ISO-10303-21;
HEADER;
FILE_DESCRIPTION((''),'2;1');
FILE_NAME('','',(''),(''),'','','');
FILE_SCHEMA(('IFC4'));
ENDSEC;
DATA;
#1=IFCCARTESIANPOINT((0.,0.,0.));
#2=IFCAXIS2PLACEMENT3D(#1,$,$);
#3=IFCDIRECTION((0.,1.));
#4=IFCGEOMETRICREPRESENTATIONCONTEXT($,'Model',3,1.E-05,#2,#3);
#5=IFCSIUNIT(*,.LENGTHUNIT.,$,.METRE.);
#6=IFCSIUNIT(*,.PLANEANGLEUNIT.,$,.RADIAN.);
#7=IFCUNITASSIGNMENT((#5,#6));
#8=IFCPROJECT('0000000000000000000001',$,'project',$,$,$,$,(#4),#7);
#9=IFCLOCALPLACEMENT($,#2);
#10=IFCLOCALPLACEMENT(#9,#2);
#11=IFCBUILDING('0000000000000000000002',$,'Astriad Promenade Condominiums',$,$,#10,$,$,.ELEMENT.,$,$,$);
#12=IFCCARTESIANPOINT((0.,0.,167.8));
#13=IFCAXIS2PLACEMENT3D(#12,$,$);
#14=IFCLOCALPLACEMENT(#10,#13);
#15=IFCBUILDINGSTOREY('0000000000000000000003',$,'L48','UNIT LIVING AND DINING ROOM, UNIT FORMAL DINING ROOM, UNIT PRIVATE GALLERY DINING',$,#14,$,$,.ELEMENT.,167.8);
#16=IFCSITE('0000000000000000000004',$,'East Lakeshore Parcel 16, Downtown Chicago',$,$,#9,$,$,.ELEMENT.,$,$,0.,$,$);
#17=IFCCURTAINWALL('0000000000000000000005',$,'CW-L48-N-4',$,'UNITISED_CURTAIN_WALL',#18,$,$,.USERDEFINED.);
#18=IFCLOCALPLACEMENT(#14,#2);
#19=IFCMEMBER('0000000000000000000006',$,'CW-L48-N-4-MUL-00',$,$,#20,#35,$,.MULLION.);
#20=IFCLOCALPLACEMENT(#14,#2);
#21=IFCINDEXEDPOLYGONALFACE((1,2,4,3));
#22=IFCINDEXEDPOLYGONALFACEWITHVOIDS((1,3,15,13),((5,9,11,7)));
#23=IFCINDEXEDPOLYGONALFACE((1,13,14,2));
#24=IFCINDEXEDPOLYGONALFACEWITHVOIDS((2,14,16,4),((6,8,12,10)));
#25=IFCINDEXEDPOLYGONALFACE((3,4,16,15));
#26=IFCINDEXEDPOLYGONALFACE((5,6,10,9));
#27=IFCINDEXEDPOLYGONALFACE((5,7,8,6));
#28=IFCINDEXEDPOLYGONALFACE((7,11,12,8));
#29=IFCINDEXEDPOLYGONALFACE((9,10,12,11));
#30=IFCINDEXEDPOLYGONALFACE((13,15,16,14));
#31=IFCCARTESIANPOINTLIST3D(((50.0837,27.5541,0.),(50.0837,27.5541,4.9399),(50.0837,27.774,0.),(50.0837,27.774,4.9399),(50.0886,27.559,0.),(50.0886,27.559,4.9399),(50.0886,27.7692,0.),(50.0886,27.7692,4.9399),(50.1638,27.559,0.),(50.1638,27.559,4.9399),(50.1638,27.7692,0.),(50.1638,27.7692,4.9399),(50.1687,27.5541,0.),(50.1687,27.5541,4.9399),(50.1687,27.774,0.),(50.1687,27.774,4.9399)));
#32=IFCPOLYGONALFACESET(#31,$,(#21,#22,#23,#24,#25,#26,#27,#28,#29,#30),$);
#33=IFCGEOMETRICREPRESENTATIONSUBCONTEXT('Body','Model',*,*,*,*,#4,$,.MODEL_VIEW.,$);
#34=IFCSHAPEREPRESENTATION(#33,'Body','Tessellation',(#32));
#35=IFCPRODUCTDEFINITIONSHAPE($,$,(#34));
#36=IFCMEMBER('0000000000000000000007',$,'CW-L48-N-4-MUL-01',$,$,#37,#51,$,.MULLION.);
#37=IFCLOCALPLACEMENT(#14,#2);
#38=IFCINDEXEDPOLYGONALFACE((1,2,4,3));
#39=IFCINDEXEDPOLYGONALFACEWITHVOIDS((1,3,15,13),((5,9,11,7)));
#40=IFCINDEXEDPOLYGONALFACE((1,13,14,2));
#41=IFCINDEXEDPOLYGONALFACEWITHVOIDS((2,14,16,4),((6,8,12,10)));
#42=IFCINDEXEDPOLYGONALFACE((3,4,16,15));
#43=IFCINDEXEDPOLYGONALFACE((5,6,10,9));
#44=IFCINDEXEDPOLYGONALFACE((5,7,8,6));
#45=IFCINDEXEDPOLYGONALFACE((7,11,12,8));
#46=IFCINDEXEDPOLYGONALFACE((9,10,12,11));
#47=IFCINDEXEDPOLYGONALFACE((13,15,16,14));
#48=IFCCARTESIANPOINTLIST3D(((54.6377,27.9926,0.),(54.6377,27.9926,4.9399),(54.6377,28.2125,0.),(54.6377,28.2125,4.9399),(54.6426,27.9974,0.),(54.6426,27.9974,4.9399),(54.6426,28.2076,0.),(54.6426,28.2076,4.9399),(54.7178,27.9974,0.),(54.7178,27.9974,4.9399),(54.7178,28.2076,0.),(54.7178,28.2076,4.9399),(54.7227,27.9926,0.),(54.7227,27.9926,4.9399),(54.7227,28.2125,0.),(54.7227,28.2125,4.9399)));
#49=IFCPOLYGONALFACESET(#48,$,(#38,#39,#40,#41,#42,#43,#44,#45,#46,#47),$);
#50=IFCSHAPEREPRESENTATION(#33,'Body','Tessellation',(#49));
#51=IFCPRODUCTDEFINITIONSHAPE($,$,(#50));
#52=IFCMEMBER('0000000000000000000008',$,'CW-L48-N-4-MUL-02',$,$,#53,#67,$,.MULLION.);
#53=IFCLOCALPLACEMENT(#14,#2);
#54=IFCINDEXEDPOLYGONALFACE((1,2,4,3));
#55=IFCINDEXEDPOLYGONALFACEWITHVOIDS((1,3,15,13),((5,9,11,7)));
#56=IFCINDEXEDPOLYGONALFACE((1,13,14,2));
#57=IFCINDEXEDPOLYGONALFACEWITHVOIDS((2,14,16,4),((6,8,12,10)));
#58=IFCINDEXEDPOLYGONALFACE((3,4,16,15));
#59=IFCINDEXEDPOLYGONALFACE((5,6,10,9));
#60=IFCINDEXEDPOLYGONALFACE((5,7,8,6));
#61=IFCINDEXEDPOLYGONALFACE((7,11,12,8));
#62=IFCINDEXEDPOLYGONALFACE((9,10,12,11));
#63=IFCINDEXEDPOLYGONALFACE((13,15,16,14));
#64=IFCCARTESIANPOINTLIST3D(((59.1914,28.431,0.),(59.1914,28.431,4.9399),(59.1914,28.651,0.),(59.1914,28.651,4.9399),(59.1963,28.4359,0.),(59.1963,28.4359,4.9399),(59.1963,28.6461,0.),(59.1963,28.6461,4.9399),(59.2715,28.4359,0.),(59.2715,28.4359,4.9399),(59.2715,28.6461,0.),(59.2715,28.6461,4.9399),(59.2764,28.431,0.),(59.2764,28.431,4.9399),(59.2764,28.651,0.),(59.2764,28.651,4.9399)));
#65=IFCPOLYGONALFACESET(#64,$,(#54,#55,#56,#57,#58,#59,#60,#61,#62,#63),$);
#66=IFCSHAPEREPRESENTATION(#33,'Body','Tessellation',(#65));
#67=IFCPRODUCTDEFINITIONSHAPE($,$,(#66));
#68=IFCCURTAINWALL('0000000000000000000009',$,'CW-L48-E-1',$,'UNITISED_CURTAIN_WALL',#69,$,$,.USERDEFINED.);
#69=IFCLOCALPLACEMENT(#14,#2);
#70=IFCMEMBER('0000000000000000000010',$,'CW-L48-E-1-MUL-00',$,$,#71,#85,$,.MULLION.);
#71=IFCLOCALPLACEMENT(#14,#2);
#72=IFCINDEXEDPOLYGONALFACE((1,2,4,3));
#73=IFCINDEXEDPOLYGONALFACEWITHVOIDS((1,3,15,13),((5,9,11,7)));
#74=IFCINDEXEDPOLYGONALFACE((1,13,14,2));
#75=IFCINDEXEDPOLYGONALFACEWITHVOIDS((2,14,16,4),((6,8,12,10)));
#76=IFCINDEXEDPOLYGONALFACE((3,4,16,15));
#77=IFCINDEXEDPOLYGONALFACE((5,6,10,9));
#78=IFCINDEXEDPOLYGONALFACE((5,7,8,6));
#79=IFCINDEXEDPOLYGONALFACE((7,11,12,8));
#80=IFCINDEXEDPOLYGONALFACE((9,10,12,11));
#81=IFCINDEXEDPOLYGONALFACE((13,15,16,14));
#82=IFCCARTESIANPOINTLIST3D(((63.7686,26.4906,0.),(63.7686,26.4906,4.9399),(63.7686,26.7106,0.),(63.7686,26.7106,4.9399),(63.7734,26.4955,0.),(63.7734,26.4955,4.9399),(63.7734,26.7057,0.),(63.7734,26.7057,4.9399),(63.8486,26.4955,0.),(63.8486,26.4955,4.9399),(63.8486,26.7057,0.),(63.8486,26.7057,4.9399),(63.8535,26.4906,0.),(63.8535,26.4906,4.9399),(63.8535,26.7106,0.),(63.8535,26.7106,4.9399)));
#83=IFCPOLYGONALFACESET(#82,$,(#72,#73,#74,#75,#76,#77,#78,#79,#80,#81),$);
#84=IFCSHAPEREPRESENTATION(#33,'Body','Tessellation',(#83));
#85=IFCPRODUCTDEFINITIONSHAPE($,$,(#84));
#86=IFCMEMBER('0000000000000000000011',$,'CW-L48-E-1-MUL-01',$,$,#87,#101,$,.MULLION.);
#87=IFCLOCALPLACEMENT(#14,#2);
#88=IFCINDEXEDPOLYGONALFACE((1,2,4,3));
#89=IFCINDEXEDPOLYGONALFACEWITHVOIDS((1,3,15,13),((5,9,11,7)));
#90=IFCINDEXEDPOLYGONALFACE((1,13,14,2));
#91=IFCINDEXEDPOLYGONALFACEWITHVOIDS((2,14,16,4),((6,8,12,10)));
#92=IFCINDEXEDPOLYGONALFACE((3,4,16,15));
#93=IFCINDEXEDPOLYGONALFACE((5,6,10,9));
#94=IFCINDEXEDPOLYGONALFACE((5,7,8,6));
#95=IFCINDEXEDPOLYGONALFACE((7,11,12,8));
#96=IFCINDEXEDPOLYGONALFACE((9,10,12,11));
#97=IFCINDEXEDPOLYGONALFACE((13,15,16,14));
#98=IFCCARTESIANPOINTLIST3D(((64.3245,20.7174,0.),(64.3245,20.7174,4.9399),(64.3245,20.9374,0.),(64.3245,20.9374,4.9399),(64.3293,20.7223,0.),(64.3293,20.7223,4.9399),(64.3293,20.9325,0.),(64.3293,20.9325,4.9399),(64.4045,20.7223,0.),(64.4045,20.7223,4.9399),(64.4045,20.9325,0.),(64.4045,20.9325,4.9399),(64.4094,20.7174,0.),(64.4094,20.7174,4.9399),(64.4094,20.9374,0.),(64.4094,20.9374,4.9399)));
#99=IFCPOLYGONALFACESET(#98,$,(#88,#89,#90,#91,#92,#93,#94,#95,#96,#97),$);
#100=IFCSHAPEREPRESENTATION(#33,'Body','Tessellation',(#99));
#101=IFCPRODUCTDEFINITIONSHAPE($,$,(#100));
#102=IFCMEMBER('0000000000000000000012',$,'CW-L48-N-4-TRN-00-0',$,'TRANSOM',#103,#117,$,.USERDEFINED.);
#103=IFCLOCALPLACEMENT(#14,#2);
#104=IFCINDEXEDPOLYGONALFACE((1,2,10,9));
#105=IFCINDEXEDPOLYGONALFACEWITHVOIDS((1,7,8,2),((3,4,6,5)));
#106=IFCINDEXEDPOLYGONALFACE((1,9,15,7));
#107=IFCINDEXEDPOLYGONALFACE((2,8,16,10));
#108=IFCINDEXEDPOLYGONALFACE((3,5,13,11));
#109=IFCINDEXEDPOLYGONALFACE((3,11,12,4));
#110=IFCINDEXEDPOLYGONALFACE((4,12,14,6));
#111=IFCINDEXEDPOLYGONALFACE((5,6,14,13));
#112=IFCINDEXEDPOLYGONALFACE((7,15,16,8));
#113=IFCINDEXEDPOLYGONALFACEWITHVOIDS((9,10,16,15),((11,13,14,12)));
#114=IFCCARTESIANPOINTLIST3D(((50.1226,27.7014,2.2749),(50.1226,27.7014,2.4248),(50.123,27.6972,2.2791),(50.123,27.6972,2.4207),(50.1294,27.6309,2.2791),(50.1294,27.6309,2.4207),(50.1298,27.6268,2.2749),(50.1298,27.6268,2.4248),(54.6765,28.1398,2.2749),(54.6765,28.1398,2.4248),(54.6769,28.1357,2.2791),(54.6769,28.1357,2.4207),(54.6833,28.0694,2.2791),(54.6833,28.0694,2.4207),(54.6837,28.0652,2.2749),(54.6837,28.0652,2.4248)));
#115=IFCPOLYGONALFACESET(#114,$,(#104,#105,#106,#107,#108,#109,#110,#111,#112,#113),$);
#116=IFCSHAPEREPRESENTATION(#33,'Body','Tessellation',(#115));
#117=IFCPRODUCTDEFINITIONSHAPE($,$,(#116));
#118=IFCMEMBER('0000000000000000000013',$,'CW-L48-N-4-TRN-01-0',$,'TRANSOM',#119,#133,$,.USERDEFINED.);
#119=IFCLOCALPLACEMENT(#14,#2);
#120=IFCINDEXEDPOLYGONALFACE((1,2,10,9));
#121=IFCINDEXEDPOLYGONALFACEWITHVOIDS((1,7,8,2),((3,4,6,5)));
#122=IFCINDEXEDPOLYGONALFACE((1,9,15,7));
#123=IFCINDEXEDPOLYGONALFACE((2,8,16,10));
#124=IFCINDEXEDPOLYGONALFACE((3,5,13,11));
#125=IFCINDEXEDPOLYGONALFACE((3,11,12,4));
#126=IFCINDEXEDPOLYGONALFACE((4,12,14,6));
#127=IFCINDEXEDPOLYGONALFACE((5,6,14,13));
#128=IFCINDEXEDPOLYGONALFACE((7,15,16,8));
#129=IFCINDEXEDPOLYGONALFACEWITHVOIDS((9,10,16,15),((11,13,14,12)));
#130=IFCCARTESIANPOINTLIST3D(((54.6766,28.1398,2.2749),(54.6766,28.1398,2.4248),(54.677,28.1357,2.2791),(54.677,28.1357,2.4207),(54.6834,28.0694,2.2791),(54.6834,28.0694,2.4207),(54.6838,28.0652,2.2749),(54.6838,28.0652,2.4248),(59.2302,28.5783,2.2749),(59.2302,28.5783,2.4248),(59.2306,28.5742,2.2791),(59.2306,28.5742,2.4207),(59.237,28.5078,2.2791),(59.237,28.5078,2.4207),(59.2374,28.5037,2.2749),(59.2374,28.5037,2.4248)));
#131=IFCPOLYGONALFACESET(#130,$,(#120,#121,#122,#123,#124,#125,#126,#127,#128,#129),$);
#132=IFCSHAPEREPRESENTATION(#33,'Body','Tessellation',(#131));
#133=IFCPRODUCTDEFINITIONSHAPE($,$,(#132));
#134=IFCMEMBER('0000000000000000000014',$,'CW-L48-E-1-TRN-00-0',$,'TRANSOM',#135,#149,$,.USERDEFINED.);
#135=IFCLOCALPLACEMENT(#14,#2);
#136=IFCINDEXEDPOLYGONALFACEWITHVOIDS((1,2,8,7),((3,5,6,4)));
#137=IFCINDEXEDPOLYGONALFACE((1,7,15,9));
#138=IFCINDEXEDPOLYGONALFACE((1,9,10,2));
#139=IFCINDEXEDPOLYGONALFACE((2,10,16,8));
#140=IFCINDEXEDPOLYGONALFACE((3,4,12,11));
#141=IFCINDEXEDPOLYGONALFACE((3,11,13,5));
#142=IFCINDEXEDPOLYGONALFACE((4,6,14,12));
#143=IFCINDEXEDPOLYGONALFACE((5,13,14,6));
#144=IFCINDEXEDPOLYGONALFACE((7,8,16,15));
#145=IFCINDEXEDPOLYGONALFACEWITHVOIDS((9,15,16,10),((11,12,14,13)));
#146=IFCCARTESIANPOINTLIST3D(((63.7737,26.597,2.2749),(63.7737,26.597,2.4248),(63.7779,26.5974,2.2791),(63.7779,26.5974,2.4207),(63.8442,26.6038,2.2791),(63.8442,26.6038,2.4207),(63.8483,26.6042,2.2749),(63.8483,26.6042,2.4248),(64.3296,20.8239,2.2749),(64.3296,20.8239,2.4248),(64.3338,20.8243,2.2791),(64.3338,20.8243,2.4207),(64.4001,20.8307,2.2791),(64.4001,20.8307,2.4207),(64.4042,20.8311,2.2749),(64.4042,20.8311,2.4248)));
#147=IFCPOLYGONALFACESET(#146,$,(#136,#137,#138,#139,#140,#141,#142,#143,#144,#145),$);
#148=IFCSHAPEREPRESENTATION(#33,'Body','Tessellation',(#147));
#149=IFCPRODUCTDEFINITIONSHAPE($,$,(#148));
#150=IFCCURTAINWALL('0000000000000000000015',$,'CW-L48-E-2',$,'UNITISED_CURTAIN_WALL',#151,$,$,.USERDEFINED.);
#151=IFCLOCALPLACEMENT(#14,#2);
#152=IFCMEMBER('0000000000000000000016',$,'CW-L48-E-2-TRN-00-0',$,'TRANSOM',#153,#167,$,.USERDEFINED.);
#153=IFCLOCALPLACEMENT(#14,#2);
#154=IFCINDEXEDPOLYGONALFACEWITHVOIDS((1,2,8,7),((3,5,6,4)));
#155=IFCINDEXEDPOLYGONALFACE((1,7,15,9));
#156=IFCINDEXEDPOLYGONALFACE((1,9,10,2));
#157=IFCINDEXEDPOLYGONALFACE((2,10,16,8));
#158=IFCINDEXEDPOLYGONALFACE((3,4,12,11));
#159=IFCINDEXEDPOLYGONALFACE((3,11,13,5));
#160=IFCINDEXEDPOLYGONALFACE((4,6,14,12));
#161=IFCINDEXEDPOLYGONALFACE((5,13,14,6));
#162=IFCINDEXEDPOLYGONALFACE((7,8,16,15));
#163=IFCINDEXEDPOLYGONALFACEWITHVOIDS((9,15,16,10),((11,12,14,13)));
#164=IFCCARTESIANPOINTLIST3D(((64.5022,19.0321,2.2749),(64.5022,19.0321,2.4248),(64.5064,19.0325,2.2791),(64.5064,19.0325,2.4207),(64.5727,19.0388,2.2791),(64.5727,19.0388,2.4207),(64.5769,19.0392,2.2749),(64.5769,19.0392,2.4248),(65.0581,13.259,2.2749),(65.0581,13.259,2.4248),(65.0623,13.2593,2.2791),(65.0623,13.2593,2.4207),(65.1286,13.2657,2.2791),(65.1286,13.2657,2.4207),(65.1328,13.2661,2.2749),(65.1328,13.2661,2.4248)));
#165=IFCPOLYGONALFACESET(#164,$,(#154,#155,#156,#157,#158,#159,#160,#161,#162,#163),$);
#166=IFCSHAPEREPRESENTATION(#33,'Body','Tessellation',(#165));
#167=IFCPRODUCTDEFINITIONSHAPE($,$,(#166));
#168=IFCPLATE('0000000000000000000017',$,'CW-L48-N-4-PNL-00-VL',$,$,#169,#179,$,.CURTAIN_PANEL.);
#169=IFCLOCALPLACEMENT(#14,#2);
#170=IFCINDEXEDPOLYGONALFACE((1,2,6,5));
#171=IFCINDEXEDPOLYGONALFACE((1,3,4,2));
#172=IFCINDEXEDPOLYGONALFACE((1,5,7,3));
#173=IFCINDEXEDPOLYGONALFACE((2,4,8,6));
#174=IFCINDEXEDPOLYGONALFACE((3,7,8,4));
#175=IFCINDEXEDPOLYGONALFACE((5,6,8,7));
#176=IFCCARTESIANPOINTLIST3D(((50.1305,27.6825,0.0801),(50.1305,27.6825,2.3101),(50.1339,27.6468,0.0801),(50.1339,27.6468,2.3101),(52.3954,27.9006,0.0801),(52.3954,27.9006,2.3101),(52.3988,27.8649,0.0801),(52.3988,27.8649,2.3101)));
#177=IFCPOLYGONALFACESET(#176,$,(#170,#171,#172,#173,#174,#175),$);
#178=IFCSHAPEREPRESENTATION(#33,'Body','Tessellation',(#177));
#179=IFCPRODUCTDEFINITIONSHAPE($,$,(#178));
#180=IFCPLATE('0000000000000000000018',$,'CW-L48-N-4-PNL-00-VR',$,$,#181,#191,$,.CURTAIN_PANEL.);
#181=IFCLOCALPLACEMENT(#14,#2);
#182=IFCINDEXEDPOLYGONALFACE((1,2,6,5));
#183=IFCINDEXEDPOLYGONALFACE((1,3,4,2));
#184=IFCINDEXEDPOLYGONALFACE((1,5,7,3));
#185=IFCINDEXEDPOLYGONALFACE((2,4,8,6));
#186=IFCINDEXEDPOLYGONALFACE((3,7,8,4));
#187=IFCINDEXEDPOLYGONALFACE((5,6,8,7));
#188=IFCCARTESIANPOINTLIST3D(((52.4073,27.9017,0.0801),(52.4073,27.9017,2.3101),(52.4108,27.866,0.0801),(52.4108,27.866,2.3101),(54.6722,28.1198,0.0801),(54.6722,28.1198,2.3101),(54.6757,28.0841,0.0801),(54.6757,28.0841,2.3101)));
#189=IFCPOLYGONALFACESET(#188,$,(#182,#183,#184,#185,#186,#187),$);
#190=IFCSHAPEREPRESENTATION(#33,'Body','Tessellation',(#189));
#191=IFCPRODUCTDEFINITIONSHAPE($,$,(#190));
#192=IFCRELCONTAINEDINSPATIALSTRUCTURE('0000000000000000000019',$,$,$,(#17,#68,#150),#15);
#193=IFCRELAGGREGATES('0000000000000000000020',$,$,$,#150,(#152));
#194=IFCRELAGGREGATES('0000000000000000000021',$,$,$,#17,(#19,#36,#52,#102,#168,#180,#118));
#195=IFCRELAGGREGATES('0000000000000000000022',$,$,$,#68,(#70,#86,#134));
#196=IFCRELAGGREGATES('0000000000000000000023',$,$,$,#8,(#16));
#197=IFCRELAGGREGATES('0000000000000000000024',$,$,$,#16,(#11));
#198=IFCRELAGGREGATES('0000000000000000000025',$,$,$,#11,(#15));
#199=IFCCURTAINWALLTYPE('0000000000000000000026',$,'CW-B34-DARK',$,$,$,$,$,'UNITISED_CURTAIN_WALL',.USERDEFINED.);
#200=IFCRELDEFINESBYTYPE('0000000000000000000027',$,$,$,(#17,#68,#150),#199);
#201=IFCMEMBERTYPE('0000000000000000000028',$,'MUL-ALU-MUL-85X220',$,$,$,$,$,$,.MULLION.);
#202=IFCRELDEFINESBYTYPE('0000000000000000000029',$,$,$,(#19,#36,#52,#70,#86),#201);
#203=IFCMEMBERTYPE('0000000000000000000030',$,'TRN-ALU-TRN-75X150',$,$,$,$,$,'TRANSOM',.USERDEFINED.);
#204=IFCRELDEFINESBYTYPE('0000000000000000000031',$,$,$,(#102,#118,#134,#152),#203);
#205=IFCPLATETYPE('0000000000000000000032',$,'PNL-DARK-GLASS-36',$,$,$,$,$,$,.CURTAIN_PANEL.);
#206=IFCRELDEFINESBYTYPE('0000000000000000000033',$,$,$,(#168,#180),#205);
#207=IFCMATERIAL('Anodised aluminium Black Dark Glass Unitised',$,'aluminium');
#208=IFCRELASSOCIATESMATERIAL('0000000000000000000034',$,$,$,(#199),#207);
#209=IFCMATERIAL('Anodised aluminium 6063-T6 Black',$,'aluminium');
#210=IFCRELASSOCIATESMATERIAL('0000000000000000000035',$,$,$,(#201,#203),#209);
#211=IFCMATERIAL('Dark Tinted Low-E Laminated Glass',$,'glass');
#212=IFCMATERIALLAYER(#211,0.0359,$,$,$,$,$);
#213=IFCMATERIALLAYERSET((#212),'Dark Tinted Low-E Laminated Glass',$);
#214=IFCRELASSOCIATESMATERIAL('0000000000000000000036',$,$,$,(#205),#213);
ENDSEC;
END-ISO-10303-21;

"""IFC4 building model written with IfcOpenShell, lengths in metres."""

from ifc_helpers import new_model, si_unit, direction, frame, origin, origin_2d, place, context, subcontext, project, spatial, rectangle, hollow_rectangle, extrude, source, transform, mapped, material, layer, layer_set, material_profile, profile_set, type_object, type_shapes, element, aggregate, save


model = new_model("IFC4")

# Units and contexts
model_context = context("Model", 3, precision=1e-05, world=origin(), true_north=direction((0.0, 1.0)))
body_context = subcontext(model_context, "Body", "Model", "MODEL_VIEW")
ifc_project = project(units=[si_unit("LENGTHUNIT", "METRE"), si_unit("PLANEANGLEUNIT", "RADIAN")], contexts=[model_context])

# Site, building, storey
site_placement = place(None, origin())
site = spatial("IfcSite", under=ifc_project, at=site_placement, Name="East Lakeshore Parcel 16, Downtown Chicago", CompositionType="ELEMENT", RefElevation=0.0)
building_placement = place(site_placement, origin())
building = spatial("IfcBuilding", under=site, at=building_placement, Name="Astriad Promenade Condominiums", CompositionType="ELEMENT")
storey_placement = place(building_placement, frame((0.0, 0.0, 167.8)))
storey = spatial("IfcBuildingStorey", under=building, at=storey_placement, Name="L48", Description="UNIT LIVING AND DINING ROOM, UNIT FORMAL DINING ROOM, UNIT PRIVATE GALLERY DINING", CompositionType="ELEMENT", Elevation=167.8)

# Curtain walls, members
ifc_material_1 = material(Name="Anodised aluminium Black Dark Glass Unitised", Category="aluminium")
curtain_wall_type = type_object("IfcCurtainWallType", Name="CW-B34-DARK", ElementType="UNITISED_CURTAIN_WALL", PredefinedType="USERDEFINED", material=ifc_material_1)
curtain_wall_1_placement = place(storey_placement, origin())
curtain_wall_1 = element("IfcCurtainWall", 1, at=curtain_wall_1_placement, inside=storey, type_object=curtain_wall_type, Name="CW-L48-N-4", ObjectType="UNITISED_CURTAIN_WALL", PredefinedType="USERDEFINED")
ifc_material_2 = material(Name="Anodised aluminium 6063-T6 Black", Category="aluminium")
ifc_material_profile_1 = material_profile(ifc_material_2, hollow_rectangle(XDim=0.085, YDim=0.22, WallThickness=0.0049, at=origin_2d()), Name="ALU-MUL-85X220")
ifc_profile_set_1 = profile_set([ifc_material_profile_1], Name="Anodised aluminium 6063-T6 Black")
member_type_1 = type_object("IfcMemberType", Name="MUL-ALU-MUL-85X220", PredefinedType="MULLION", material=ifc_profile_set_1)
shared_shape_1 = source(origin(), body_context, "Body", "SweptSolid", [
    extrude(hollow_rectangle(XDim=0.085, YDim=0.22, WallThickness=0.0049, at=origin_2d()), origin(), (0.0, 0.0, 1.0), 4.9399),
])
type_shapes(member_type_1, [shared_shape_1])
member_1_placement = place(storey_placement, frame((50.1262, 27.6641, 0.0), z_axis=(0.0, 0.0, 1.0), x_axis=(1.0, 0.0, 0.0)))
member_1 = element("IfcMember", 2, at=member_1_placement, type_object=member_type_1, Name="CW-L48-N-4-MUL-00", PredefinedType="MULLION", context=body_context, shape_type="MappedRepresentation", body=[
    mapped(shared_shape_1, transform((0.0, 0.0, 0.0), scale=1.0)),
])
member_2_placement = place(storey_placement, frame((54.6802, 28.1025, 0.0), z_axis=(0.0, 0.0, 1.0), x_axis=(1.0, 0.0, 0.0)))
member_2 = element("IfcMember", 3, at=member_2_placement, type_object=member_type_1, Name="CW-L48-N-4-MUL-01", PredefinedType="MULLION", context=body_context, shape_type="MappedRepresentation", body=[
    mapped(shared_shape_1, transform((0.0, 0.0, 0.0), scale=1.0)),
])
member_3_placement = place(storey_placement, frame((59.2339, 28.541, 0.0), z_axis=(0.0, 0.0, 1.0), x_axis=(1.0, 0.0, 0.0)))
member_3 = element("IfcMember", 4, at=member_3_placement, type_object=member_type_1, Name="CW-L48-N-4-MUL-02", PredefinedType="MULLION", context=body_context, shape_type="MappedRepresentation", body=[
    mapped(shared_shape_1, transform((0.0, 0.0, 0.0), scale=1.0)),
])
curtain_wall_2_placement = place(storey_placement, origin())
curtain_wall_2 = element("IfcCurtainWall", 5, at=curtain_wall_2_placement, inside=storey, type_object=curtain_wall_type, Name="CW-L48-E-1", ObjectType="UNITISED_CURTAIN_WALL", PredefinedType="USERDEFINED")
member_4_placement = place(storey_placement, frame((63.811, 26.6006, 0.0), z_axis=(0.0, 0.0, 1.0), x_axis=(1.0, 0.0, 0.0)))
member_4 = element("IfcMember", 6, at=member_4_placement, type_object=member_type_1, Name="CW-L48-E-1-MUL-00", PredefinedType="MULLION", context=body_context, shape_type="MappedRepresentation", body=[
    mapped(shared_shape_1, transform((0.0, 0.0, 0.0), scale=1.0)),
])
member_5_placement = place(storey_placement, frame((64.3669, 20.8274, 0.0), z_axis=(0.0, 0.0, 1.0), x_axis=(1.0, 0.0, 0.0)))
member_5 = element("IfcMember", 7, at=member_5_placement, type_object=member_type_1, Name="CW-L48-E-1-MUL-01", PredefinedType="MULLION", context=body_context, shape_type="MappedRepresentation", body=[
    mapped(shared_shape_1, transform((0.0, 0.0, 0.0), scale=1.0)),
])

# Members
ifc_material_profile_2 = material_profile(ifc_material_2, hollow_rectangle(XDim=0.075, YDim=0.1499, WallThickness=0.0042, at=origin_2d()), Name="ALU-TRN-75X150")
ifc_profile_set_2 = profile_set([ifc_material_profile_2], Name="Anodised aluminium 6063-T6 Black")
member_type_2 = type_object("IfcMemberType", Name="TRN-ALU-TRN-75X150", ElementType="TRANSOM", PredefinedType="USERDEFINED", material=ifc_profile_set_2)
shared_shape_2 = source(origin(), body_context, "Body", "SweptSolid", [
    extrude(hollow_rectangle(XDim=0.075, YDim=0.1499, WallThickness=0.0042, at=origin_2d()), origin(), (0.0, 0.0, 1.0), 4.575),
])
member_6_placement = place(storey_placement, frame((50.1262, 27.6641, 2.3499), z_axis=(0.995397, 0.095842, 0.0), x_axis=(-0.095842, 0.995397, 0.0)))
member_6 = element("IfcMember", 8, at=member_6_placement, type_object=member_type_2, Name="CW-L48-N-4-TRN-00-0", ObjectType="TRANSOM", PredefinedType="USERDEFINED", context=body_context, shape_type="MappedRepresentation", body=[
    mapped(shared_shape_2, transform((0.0, 0.0, 0.0), scale=1.0)),
])
shared_shape_3 = source(origin(), body_context, "Body", "SweptSolid", [
    extrude(hollow_rectangle(XDim=0.075, YDim=0.1499, WallThickness=0.0042, at=origin_2d()), origin(), (0.0, 0.0, 1.0), 4.5747),
])
member_7_placement = place(storey_placement, frame((54.6802, 28.1025, 2.3499), z_axis=(0.995396, 0.095847, 0.0), x_axis=(-0.095847, 0.995396, 0.0)))
member_7 = element("IfcMember", 9, at=member_7_placement, type_object=member_type_2, Name="CW-L48-N-4-TRN-01-0", ObjectType="TRANSOM", PredefinedType="USERDEFINED", context=body_context, shape_type="MappedRepresentation", body=[
    mapped(shared_shape_3, transform((0.0, 0.0, 0.0), scale=1.0)),
])
shared_shape_4 = source(origin(), body_context, "Body", "SweptSolid", [
    extrude(hollow_rectangle(XDim=0.075, YDim=0.1499, WallThickness=0.0042, at=origin_2d()), origin(), (0.0, 0.0, 1.0), 5.7998),
])
type_shapes(member_type_2, [shared_shape_2, shared_shape_3, shared_shape_4])
member_8_placement = place(storey_placement, frame((63.811, 26.6006, 2.3499), z_axis=(0.095848, -0.995396, 0.0), x_axis=(0.995396, 0.095848, 0.0)))
member_8 = element("IfcMember", 10, at=member_8_placement, type_object=member_type_2, Name="CW-L48-E-1-TRN-00-0", ObjectType="TRANSOM", PredefinedType="USERDEFINED", context=body_context, shape_type="MappedRepresentation", body=[
    mapped(shared_shape_4, transform((0.0, 0.0, 0.0), scale=1.0)),
])

# Curtain wall, member
curtain_wall_3_placement = place(storey_placement, origin())
curtain_wall_3 = element("IfcCurtainWall", 11, at=curtain_wall_3_placement, inside=storey, type_object=curtain_wall_type, Name="CW-L48-E-2", ObjectType="UNITISED_CURTAIN_WALL", PredefinedType="USERDEFINED")
member_9_placement = place(storey_placement, frame((64.5396, 19.0356, 2.3499), z_axis=(0.095848, -0.995396, 0.0), x_axis=(0.995396, 0.095848, 0.0)))
member_9 = element("IfcMember", 12, at=member_9_placement, type_object=member_type_2, Name="CW-L48-E-2-TRN-00-0", ObjectType="TRANSOM", PredefinedType="USERDEFINED", context=body_context, shape_type="MappedRepresentation", body=[
    mapped(shared_shape_4, transform((0.0, 0.0, 0.0), scale=1.0)),
])
aggregate(curtain_wall_3, [member_9])

# Plates
ifc_material_3 = material(Name="Dark Tinted Low-E Laminated Glass", Category="glass")
ifc_layer_1 = layer(ifc_material_3, 0.0359)
ifc_layer_set_1 = layer_set([ifc_layer_1], Name="Dark Tinted Low-E Laminated Glass")
plate_type = type_object("IfcPlateType", Name="PNL-DARK-GLASS-36", PredefinedType="CURTAIN_PANEL", material=ifc_layer_set_1)
shared_shape_5 = source(origin(), body_context, "Body", "SweptSolid", [
    extrude(rectangle(XDim=2.2754, YDim=0.0359, at=origin_2d()), origin(), (0.0, 0.0, 1.0), 2.23),
])
plate_1_placement = place(storey_placement, frame((51.2646, 27.7737, 0.0801), z_axis=(0.0, 0.0, 1.0), x_axis=(0.995396, 0.095846, 0.0)))
plate_1 = element("IfcPlate", 13, at=plate_1_placement, type_object=plate_type, Name="CW-L48-N-4-PNL-00-VL", PredefinedType="CURTAIN_PANEL", context=body_context, shape_type="MappedRepresentation", body=[
    mapped(shared_shape_5, transform((0.0, 0.0, 0.0), scale=1.0)),
])
plate_2_placement = place(storey_placement, frame((53.5415, 27.9929, 0.0801), z_axis=(0.0, 0.0, 1.0), x_axis=(0.995396, 0.095846, 0.0)))
plate_2 = element("IfcPlate", 14, at=plate_2_placement, type_object=plate_type, Name="CW-L48-N-4-PNL-00-VR", PredefinedType="CURTAIN_PANEL", context=body_context, shape_type="MappedRepresentation", body=[
    mapped(shared_shape_5, transform((0.0, 0.0, 0.0), scale=1.0)),
])
aggregate(curtain_wall_1, [member_1, member_2, member_3, member_6, plate_1, plate_2, member_7])
aggregate(curtain_wall_2, [member_4, member_5, member_8])

save(model, "model.ifc")
